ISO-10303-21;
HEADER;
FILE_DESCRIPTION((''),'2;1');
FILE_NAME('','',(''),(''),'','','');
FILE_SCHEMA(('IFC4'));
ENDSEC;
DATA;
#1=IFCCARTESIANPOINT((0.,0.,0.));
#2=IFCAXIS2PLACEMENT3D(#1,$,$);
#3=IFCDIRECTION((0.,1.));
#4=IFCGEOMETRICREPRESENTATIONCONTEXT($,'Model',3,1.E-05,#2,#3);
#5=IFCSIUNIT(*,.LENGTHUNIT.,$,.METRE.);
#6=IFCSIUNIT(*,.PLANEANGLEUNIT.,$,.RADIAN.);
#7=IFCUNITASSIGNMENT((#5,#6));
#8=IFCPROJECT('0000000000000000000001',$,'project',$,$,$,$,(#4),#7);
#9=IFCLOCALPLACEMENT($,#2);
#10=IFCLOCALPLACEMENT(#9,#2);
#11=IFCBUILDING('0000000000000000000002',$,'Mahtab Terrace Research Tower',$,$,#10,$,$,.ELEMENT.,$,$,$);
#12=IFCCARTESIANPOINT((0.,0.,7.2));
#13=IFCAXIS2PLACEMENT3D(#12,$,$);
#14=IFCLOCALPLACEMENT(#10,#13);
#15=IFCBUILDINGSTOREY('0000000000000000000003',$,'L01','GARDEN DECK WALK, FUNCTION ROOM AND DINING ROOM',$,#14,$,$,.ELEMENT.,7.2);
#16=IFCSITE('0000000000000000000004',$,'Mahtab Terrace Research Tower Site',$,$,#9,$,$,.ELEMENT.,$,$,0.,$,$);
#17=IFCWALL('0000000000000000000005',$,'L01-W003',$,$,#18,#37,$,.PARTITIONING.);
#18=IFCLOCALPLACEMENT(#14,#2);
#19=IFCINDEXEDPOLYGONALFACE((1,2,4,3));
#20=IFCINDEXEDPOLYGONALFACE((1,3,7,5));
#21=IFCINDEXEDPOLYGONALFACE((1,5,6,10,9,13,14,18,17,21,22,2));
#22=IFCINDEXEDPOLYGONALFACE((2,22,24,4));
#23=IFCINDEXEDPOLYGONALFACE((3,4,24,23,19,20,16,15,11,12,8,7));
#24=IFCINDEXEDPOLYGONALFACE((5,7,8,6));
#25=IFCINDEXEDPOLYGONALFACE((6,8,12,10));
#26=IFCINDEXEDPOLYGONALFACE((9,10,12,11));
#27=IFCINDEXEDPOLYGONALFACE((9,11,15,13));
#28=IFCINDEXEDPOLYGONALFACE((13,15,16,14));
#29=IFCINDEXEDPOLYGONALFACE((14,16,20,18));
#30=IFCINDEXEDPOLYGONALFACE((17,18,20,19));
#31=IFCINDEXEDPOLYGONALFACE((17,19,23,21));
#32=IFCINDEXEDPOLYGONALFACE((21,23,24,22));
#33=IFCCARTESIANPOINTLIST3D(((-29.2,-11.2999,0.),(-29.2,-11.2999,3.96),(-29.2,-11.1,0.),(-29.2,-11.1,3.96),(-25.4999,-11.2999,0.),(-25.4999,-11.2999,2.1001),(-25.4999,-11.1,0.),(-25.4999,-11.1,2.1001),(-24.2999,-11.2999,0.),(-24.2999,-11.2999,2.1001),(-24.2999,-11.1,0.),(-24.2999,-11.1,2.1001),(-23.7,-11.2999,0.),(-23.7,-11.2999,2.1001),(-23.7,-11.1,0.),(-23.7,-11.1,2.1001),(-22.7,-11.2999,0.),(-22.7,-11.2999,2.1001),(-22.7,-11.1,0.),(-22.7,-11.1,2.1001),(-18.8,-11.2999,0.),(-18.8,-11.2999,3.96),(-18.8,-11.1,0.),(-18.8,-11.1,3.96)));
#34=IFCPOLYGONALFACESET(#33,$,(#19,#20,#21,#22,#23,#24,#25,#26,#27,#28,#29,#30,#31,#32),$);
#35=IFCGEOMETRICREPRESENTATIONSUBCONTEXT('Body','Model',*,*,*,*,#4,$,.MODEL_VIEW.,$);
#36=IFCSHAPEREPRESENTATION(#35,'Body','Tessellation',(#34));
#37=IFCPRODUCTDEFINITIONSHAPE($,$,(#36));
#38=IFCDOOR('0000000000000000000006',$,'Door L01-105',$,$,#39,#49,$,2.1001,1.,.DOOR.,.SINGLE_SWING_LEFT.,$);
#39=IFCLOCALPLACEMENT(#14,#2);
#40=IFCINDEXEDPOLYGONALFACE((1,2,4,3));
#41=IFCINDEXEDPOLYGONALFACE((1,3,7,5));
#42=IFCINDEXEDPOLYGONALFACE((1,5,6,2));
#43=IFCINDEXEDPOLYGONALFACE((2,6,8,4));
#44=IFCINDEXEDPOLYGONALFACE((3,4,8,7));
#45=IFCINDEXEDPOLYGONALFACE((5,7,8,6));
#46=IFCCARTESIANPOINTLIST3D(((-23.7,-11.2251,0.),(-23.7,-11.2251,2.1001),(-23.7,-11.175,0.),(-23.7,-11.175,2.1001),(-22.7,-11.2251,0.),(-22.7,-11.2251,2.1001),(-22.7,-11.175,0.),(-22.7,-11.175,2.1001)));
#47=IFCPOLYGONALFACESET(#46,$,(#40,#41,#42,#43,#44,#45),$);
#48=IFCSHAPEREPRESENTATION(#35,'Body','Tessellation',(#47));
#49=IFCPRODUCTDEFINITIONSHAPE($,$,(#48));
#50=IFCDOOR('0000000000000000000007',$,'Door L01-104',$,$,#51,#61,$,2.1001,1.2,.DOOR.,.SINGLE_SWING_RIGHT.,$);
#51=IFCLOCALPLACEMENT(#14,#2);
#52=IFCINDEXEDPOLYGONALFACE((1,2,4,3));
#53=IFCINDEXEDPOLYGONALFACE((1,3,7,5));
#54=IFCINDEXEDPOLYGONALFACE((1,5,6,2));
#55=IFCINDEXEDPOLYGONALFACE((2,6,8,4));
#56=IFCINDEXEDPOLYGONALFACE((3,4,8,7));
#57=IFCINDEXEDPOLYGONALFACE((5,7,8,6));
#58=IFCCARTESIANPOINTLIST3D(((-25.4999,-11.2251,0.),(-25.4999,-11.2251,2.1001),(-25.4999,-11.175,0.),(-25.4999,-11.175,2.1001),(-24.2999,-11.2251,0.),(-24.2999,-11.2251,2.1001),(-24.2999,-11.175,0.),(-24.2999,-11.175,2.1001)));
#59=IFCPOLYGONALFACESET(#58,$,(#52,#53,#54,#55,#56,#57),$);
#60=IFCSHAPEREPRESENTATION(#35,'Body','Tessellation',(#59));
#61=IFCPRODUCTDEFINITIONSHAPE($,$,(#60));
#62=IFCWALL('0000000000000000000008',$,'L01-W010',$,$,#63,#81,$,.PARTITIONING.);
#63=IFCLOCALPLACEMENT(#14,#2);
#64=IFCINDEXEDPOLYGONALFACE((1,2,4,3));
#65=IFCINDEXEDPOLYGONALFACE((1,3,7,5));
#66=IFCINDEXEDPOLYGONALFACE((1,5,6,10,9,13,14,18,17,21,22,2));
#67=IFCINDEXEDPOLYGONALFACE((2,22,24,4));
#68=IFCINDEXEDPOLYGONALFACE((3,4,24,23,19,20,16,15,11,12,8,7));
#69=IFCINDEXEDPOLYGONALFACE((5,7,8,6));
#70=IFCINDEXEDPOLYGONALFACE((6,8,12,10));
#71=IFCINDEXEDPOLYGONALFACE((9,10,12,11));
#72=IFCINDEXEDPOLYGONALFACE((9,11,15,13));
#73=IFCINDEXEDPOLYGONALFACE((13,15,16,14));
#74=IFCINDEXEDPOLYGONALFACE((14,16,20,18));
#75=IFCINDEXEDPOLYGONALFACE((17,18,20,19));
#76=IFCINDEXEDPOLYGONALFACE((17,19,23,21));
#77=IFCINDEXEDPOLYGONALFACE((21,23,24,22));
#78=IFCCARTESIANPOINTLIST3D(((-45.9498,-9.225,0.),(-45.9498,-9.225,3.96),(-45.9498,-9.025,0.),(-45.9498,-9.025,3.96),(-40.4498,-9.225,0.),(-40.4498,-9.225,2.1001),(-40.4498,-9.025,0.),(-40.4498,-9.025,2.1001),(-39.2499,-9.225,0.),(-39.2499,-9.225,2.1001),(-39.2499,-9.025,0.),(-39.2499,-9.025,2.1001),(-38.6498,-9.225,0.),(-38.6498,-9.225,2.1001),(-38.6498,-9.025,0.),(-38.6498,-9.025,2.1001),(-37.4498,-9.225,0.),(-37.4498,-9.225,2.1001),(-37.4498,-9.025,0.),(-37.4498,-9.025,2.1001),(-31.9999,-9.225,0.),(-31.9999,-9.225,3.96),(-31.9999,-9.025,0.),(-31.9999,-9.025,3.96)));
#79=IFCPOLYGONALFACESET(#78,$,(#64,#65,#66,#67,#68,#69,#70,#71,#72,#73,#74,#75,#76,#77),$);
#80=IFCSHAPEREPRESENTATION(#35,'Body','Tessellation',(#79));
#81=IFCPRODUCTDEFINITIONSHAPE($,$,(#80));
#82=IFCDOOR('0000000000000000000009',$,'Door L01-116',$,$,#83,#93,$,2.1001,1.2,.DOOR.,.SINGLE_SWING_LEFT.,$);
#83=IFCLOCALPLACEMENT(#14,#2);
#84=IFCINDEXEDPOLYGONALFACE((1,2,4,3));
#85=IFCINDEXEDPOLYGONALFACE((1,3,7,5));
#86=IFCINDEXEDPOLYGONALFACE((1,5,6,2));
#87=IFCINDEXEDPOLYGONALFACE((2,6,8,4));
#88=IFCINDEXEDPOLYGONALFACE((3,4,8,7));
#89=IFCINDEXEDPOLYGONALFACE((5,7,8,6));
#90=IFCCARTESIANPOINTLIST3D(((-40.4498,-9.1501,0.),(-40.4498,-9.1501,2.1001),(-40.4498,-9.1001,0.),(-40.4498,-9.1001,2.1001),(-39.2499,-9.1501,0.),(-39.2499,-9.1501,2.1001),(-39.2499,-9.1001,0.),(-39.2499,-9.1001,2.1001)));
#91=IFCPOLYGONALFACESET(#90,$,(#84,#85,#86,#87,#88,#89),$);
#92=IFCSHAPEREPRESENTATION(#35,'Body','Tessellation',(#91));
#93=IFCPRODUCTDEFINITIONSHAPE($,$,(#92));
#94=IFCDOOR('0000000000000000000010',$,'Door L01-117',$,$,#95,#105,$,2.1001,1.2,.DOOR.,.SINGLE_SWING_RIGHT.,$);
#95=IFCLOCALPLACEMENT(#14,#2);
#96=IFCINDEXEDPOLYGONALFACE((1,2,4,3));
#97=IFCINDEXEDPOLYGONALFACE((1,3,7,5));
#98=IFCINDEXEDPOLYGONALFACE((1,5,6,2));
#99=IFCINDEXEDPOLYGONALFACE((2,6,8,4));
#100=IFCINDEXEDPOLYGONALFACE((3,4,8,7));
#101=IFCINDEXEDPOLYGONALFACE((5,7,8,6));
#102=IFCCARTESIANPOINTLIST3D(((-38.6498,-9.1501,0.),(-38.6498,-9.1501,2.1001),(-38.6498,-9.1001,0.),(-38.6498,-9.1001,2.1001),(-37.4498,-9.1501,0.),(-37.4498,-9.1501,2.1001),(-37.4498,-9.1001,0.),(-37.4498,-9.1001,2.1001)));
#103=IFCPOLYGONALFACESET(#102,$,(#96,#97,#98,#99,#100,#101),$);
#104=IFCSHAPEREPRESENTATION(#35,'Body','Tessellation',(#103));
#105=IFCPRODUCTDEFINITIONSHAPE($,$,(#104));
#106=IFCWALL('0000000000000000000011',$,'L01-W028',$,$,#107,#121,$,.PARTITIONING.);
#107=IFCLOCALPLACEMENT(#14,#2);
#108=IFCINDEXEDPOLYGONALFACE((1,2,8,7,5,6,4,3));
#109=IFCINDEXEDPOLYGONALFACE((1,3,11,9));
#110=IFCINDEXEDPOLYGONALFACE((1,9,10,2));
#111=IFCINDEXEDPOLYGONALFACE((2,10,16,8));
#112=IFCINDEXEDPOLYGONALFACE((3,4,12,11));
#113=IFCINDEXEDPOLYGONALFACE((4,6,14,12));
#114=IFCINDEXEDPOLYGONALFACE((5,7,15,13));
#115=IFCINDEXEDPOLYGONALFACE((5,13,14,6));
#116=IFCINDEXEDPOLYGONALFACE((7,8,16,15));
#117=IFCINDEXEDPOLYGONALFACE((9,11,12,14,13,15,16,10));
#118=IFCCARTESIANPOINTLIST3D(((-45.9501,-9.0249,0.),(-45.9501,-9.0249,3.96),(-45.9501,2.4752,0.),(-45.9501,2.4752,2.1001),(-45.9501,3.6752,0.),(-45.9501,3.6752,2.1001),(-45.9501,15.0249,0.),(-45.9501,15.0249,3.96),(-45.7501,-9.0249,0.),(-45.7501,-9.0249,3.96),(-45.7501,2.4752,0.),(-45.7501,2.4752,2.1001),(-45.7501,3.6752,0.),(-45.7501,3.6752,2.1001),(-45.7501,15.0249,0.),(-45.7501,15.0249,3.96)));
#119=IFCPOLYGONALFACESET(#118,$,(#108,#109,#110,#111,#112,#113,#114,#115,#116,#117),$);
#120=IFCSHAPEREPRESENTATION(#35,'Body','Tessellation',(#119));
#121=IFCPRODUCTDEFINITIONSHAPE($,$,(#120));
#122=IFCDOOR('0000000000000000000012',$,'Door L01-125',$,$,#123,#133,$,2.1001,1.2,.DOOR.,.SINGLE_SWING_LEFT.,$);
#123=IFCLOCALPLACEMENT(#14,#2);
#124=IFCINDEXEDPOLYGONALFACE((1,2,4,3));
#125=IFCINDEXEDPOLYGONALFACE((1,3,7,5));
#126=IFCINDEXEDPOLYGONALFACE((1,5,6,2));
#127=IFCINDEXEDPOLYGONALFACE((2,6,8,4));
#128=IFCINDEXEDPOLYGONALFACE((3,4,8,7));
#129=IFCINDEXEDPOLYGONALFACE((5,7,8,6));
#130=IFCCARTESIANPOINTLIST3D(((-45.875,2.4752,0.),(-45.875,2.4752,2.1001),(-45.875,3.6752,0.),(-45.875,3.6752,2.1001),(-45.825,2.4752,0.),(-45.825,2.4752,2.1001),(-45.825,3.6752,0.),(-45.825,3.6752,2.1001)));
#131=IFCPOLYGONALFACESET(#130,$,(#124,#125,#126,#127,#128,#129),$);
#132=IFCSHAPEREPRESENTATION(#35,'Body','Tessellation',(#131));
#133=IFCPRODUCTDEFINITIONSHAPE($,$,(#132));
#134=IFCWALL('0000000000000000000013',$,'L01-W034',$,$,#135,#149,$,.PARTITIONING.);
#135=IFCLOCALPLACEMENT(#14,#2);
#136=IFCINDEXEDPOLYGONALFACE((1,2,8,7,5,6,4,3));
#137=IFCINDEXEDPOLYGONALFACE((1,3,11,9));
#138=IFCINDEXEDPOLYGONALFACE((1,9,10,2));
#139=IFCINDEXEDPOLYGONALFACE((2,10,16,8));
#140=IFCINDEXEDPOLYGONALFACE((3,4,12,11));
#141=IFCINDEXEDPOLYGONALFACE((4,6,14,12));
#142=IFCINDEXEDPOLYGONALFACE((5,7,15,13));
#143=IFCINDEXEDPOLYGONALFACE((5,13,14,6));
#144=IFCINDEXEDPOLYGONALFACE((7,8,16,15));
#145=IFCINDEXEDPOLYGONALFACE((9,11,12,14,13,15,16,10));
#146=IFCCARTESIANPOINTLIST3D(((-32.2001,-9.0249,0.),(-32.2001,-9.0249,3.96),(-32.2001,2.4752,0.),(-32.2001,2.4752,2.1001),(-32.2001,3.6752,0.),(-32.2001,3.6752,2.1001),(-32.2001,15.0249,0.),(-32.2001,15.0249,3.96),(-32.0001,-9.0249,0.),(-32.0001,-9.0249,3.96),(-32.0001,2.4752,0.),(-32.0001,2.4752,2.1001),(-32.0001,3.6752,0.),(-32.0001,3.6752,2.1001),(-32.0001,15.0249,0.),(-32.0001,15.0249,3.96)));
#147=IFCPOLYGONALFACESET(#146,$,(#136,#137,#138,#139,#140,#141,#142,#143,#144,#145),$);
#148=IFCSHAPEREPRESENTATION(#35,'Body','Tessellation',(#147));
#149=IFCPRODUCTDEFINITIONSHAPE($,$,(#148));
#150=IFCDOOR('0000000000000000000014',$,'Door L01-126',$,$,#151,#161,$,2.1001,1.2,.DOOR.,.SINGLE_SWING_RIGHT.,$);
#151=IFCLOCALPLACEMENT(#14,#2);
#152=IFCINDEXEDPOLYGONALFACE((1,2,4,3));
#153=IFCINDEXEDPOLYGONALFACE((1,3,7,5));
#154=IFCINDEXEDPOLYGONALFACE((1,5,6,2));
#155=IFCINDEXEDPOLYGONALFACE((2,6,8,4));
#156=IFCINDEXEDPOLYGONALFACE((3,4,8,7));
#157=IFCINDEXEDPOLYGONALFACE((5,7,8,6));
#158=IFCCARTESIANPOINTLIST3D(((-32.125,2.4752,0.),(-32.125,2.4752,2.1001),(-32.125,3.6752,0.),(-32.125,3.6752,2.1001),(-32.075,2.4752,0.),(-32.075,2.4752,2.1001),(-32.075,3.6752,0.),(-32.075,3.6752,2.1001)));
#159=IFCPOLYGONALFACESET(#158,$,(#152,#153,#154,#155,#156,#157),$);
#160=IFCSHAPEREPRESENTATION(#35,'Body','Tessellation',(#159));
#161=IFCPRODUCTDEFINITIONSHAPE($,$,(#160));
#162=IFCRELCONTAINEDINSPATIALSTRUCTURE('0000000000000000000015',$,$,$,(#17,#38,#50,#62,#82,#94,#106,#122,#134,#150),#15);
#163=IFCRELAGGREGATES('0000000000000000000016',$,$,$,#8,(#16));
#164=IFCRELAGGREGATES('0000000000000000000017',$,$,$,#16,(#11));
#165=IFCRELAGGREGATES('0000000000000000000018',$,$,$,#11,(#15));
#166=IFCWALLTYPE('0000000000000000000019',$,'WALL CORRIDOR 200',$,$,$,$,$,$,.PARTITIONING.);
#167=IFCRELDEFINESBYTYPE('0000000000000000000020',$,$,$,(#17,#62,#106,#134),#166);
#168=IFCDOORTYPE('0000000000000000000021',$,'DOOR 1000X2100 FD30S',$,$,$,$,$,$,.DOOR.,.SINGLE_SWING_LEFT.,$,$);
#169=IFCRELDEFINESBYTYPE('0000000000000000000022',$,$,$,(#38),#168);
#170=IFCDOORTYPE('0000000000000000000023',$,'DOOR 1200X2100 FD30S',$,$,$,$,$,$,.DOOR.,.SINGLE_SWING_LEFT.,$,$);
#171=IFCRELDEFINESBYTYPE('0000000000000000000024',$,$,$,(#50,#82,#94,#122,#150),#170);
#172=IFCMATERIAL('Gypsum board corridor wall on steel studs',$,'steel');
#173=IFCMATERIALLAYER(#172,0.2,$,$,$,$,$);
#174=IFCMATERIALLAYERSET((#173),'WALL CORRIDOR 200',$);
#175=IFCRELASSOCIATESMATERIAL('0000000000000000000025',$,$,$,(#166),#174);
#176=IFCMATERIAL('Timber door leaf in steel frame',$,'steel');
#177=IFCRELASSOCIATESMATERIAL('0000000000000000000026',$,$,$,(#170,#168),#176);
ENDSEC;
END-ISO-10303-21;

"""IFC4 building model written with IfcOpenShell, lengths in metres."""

from ifc_helpers import new_model, si_unit, direction, frame, frame_2d, origin, place, context, subcontext, project, spatial, rectangle, extrude, material, layer, layer_set, type_object, element, fill, save


model = new_model("IFC4")

# Units and contexts
model_context = context("Model", 3, precision=1e-05, world=origin(), true_north=direction((0.0, 1.0)))
body_context = subcontext(model_context, "Body", "Model", "MODEL_VIEW")
ifc_project = project(units=[si_unit("LENGTHUNIT", "METRE"), si_unit("PLANEANGLEUNIT", "RADIAN")], contexts=[model_context])

# Site, building, storey
site_placement = place(None, origin())
site = spatial("IfcSite", under=ifc_project, at=site_placement, Name="Mahtab Terrace Research Tower Site", CompositionType="ELEMENT", RefElevation=0.0)
building_placement = place(site_placement, origin())
building = spatial("IfcBuilding", under=site, at=building_placement, Name="Mahtab Terrace Research Tower", CompositionType="ELEMENT")
storey_placement = place(building_placement, frame((0.0, 0.0, 7.2)))
storey = spatial("IfcBuildingStorey", under=building, at=storey_placement, Name="L01", Description="GARDEN DECK WALK, FUNCTION ROOM AND DINING ROOM", CompositionType="ELEMENT", Elevation=7.2)

# Shared definitions
ifc_material_1 = material(Name="Gypsum board corridor wall on steel studs", Category="steel")
ifc_layer_1 = layer(ifc_material_1, 0.2)
ifc_layer_set_1 = layer_set([ifc_layer_1], Name="WALL CORRIDOR 200")
wall_type_1 = type_object("IfcWallType", Name="WALL CORRIDOR 200", PredefinedType="PARTITIONING", material=ifc_layer_set_1)
ifc_material_2 = material(Name="Timber door leaf in steel frame", Category="steel")
door_type_1 = type_object("IfcDoorType", Name="DOOR 1200X2100 FD30S", OperationType="SINGLE_SWING_LEFT", PredefinedType="DOOR", material=ifc_material_2)

# Walls, openings, doors
door_type_2 = type_object("IfcDoorType", Name="DOOR 1000X2100 FD30S", OperationType="SINGLE_SWING_LEFT", PredefinedType="DOOR", material=ifc_material_2)
wall_1_placement = place(storey_placement, frame((-29.2, -11.2, 0.0), z_axis=(0.0, 0.0, 1.0), x_axis=(1.0, 0.0, 0.0)))
wall_1 = element("IfcWall", 1, at=wall_1_placement, inside=storey, type_object=wall_type_1, Name="L01-W003", PredefinedType="PARTITIONING", context=body_context, shape_type="SweptSolid", body=[
    extrude(rectangle(XDim=10.3999, YDim=0.2, at=frame_2d((5.2, 0.0))), origin(), (0.0, 0.0, 1.0), 3.96),
])
opening_1_placement = place(wall_1_placement, frame((3.7, 0.0, 0.0)))
opening_1 = element("IfcOpeningElement", 2, at=opening_1_placement, cuts=wall_1, PredefinedType="OPENING", context=body_context, shape_type="SweptSolid", body=[
    extrude(rectangle(XDim=1.2, YDim=2.1001, at=frame_2d((0.6001, 1.05))), frame((0.0, 0.1099, 0.0), z_axis=(0.0, -1.0, 0.0), x_axis=(1.0, 0.0, 0.0)), (0.0, 0.0, 1.0), 0.22),
])
opening_2_placement = place(wall_1_placement, frame((5.5, 0.0, 0.0)))
opening_2 = element("IfcOpeningElement", 3, at=opening_2_placement, cuts=wall_1, PredefinedType="OPENING", context=body_context, shape_type="SweptSolid", body=[
    extrude(rectangle(XDim=1.0, YDim=2.1001, at=frame_2d((0.5, 1.05))), frame((0.0, 0.1099, 0.0), z_axis=(0.0, -1.0, 0.0), x_axis=(1.0, 0.0, 0.0)), (0.0, 0.0, 1.0), 0.22),
])
door_1_placement = place(opening_2_placement, origin())
door_1 = element("IfcDoor", 4, at=door_1_placement, inside=storey, type_object=door_type_2, Name="Door L01-105", OperationType="SINGLE_SWING_LEFT", OverallHeight=2.1001, OverallWidth=1.0, PredefinedType="DOOR", context=body_context, shape_type="SweptSolid", body=[
    extrude(rectangle(XDim=1.0, YDim=2.1001, at=frame_2d((0.5, 1.05))), frame((0.0, 0.0249, 0.0), z_axis=(0.0, -1.0, 0.0), x_axis=(1.0, 0.0, 0.0)), (0.0, 0.0, 1.0), 0.05),
])
fill(opening_2, door_1)
door_2_placement = place(opening_1_placement, origin())
door_2 = element("IfcDoor", 5, at=door_2_placement, inside=storey, type_object=door_type_1, Name="Door L01-104", OperationType="SINGLE_SWING_RIGHT", OverallHeight=2.1001, OverallWidth=1.2, PredefinedType="DOOR", context=body_context, shape_type="SweptSolid", body=[
    extrude(rectangle(XDim=1.2, YDim=2.1001, at=frame_2d((0.6001, 1.05))), frame((0.0, 0.0249, 0.0), z_axis=(0.0, -1.0, 0.0), x_axis=(1.0, 0.0, 0.0)), (0.0, 0.0, 1.0), 0.05),
])
fill(opening_1, door_2)
wall_2_placement = place(storey_placement, frame((-45.95, -9.125, 0.0), z_axis=(0.0, 0.0, 1.0), x_axis=(1.0, 0.0, 0.0)))
wall_2 = element("IfcWall", 6, at=wall_2_placement, inside=storey, type_object=wall_type_1, Name="L01-W010", PredefinedType="PARTITIONING", context=body_context, shape_type="SweptSolid", body=[
    extrude(rectangle(XDim=13.95, YDim=0.2, at=frame_2d((6.9751, 0.0))), origin(), (0.0, 0.0, 1.0), 3.96),
])
opening_3_placement = place(wall_2_placement, frame((5.5, 0.0, 0.0)))
opening_3 = element("IfcOpeningElement", 7, at=opening_3_placement, cuts=wall_2, PredefinedType="OPENING", context=body_context, shape_type="SweptSolid", body=[
    extrude(rectangle(XDim=1.2, YDim=2.1001, at=frame_2d((0.6001, 1.05))), frame((0.0, 0.1099, 0.0), z_axis=(0.0, -1.0, 0.0), x_axis=(1.0, 0.0, 0.0)), (0.0, 0.0, 1.0), 0.22),
])
opening_4_placement = place(wall_2_placement, frame((7.3, 0.0, 0.0)))
opening_4 = element("IfcOpeningElement", 8, at=opening_4_placement, cuts=wall_2, PredefinedType="OPENING", context=body_context, shape_type="SweptSolid", body=[
    extrude(rectangle(XDim=1.2, YDim=2.1001, at=frame_2d((0.6001, 1.05))), frame((0.0, 0.1099, 0.0), z_axis=(0.0, -1.0, 0.0), x_axis=(1.0, 0.0, 0.0)), (0.0, 0.0, 1.0), 0.22),
])
door_3_placement = place(opening_3_placement, origin())
door_3 = element("IfcDoor", 9, at=door_3_placement, inside=storey, type_object=door_type_1, Name="Door L01-116", OperationType="SINGLE_SWING_LEFT", OverallHeight=2.1001, OverallWidth=1.2, PredefinedType="DOOR", context=body_context, shape_type="SweptSolid", body=[
    extrude(rectangle(XDim=1.2, YDim=2.1001, at=frame_2d((0.6001, 1.05))), frame((0.0, 0.0249, 0.0), z_axis=(0.0, -1.0, 0.0), x_axis=(1.0, 0.0, 0.0)), (0.0, 0.0, 1.0), 0.05),
])
fill(opening_3, door_3)
door_4_placement = place(opening_4_placement, origin())
door_4 = element("IfcDoor", 10, at=door_4_placement, inside=storey, type_object=door_type_1, Name="Door L01-117", OperationType="SINGLE_SWING_RIGHT", OverallHeight=2.1001, OverallWidth=1.2, PredefinedType="DOOR", context=body_context, shape_type="SweptSolid", body=[
    extrude(rectangle(XDim=1.2, YDim=2.1001, at=frame_2d((0.6001, 1.05))), frame((0.0, 0.0249, 0.0), z_axis=(0.0, -1.0, 0.0), x_axis=(1.0, 0.0, 0.0)), (0.0, 0.0, 1.0), 0.05),
])
fill(opening_4, door_4)

# Walls, openings, doors
wall_3_placement = place(storey_placement, frame((-45.8501, -9.0249, 0.0), z_axis=(0.0, 0.0, 1.0), x_axis=(0.0, 1.0, 0.0)))
wall_3 = element("IfcWall", 11, at=wall_3_placement, inside=storey, type_object=wall_type_1, Name="L01-W028", PredefinedType="PARTITIONING", context=body_context, shape_type="SweptSolid", body=[
    extrude(rectangle(XDim=24.0498, YDim=0.2, at=frame_2d((12.0249, 0.0))), origin(), (0.0, 0.0, 1.0), 3.96),
])
opening_5_placement = place(wall_3_placement, frame((11.5, 0.0, 0.0)))
opening_5 = element("IfcOpeningElement", 12, at=opening_5_placement, cuts=wall_3, PredefinedType="OPENING", context=body_context, shape_type="SweptSolid", body=[
    extrude(rectangle(XDim=1.2, YDim=2.1001, at=frame_2d((0.6001, 1.05))), frame((0.0, 0.1099, 0.0), z_axis=(0.0, -1.0, 0.0), x_axis=(1.0, 0.0, 0.0)), (0.0, 0.0, 1.0), 0.22),
])
door_5_placement = place(opening_5_placement, origin())
door_5 = element("IfcDoor", 13, at=door_5_placement, inside=storey, type_object=door_type_1, Name="Door L01-125", OperationType="SINGLE_SWING_LEFT", OverallHeight=2.1001, OverallWidth=1.2, PredefinedType="DOOR", context=body_context, shape_type="SweptSolid", body=[
    extrude(rectangle(XDim=1.2, YDim=2.1001, at=frame_2d((0.6001, 1.05))), frame((0.0, 0.0249, 0.0), z_axis=(0.0, -1.0, 0.0), x_axis=(1.0, 0.0, 0.0)), (0.0, 0.0, 1.0), 0.05),
])
fill(opening_5, door_5)
wall_4_placement = place(storey_placement, frame((-32.1001, -9.0249, 0.0), z_axis=(0.0, 0.0, 1.0), x_axis=(0.0, 1.0, 0.0)))
wall_4 = element("IfcWall", 14, at=wall_4_placement, inside=storey, type_object=wall_type_1, Name="L01-W034", PredefinedType="PARTITIONING", context=body_context, shape_type="SweptSolid", body=[
    extrude(rectangle(XDim=24.0498, YDim=0.2, at=frame_2d((12.0249, 0.0))), origin(), (0.0, 0.0, 1.0), 3.96),
])
opening_6_placement = place(wall_4_placement, frame((11.5, 0.0, 0.0)))
opening_6 = element("IfcOpeningElement", 15, at=opening_6_placement, cuts=wall_4, PredefinedType="OPENING", context=body_context, shape_type="SweptSolid", body=[
    extrude(rectangle(XDim=1.2, YDim=2.1001, at=frame_2d((0.6001, 1.05))), frame((0.0, 0.1099, 0.0), z_axis=(0.0, -1.0, 0.0), x_axis=(1.0, 0.0, 0.0)), (0.0, 0.0, 1.0), 0.22),
])
door_6_placement = place(opening_6_placement, origin())
door_6 = element("IfcDoor", 16, at=door_6_placement, inside=storey, type_object=door_type_1, Name="Door L01-126", OperationType="SINGLE_SWING_RIGHT", OverallHeight=2.1001, OverallWidth=1.2, PredefinedType="DOOR", context=body_context, shape_type="SweptSolid", body=[
    extrude(rectangle(XDim=1.2, YDim=2.1001, at=frame_2d((0.6001, 1.05))), frame((0.0, 0.0249, 0.0), z_axis=(0.0, -1.0, 0.0), x_axis=(1.0, 0.0, 0.0)), (0.0, 0.0, 1.0), 0.05),
])
fill(opening_6, door_6)

save(model, "model.ifc")
